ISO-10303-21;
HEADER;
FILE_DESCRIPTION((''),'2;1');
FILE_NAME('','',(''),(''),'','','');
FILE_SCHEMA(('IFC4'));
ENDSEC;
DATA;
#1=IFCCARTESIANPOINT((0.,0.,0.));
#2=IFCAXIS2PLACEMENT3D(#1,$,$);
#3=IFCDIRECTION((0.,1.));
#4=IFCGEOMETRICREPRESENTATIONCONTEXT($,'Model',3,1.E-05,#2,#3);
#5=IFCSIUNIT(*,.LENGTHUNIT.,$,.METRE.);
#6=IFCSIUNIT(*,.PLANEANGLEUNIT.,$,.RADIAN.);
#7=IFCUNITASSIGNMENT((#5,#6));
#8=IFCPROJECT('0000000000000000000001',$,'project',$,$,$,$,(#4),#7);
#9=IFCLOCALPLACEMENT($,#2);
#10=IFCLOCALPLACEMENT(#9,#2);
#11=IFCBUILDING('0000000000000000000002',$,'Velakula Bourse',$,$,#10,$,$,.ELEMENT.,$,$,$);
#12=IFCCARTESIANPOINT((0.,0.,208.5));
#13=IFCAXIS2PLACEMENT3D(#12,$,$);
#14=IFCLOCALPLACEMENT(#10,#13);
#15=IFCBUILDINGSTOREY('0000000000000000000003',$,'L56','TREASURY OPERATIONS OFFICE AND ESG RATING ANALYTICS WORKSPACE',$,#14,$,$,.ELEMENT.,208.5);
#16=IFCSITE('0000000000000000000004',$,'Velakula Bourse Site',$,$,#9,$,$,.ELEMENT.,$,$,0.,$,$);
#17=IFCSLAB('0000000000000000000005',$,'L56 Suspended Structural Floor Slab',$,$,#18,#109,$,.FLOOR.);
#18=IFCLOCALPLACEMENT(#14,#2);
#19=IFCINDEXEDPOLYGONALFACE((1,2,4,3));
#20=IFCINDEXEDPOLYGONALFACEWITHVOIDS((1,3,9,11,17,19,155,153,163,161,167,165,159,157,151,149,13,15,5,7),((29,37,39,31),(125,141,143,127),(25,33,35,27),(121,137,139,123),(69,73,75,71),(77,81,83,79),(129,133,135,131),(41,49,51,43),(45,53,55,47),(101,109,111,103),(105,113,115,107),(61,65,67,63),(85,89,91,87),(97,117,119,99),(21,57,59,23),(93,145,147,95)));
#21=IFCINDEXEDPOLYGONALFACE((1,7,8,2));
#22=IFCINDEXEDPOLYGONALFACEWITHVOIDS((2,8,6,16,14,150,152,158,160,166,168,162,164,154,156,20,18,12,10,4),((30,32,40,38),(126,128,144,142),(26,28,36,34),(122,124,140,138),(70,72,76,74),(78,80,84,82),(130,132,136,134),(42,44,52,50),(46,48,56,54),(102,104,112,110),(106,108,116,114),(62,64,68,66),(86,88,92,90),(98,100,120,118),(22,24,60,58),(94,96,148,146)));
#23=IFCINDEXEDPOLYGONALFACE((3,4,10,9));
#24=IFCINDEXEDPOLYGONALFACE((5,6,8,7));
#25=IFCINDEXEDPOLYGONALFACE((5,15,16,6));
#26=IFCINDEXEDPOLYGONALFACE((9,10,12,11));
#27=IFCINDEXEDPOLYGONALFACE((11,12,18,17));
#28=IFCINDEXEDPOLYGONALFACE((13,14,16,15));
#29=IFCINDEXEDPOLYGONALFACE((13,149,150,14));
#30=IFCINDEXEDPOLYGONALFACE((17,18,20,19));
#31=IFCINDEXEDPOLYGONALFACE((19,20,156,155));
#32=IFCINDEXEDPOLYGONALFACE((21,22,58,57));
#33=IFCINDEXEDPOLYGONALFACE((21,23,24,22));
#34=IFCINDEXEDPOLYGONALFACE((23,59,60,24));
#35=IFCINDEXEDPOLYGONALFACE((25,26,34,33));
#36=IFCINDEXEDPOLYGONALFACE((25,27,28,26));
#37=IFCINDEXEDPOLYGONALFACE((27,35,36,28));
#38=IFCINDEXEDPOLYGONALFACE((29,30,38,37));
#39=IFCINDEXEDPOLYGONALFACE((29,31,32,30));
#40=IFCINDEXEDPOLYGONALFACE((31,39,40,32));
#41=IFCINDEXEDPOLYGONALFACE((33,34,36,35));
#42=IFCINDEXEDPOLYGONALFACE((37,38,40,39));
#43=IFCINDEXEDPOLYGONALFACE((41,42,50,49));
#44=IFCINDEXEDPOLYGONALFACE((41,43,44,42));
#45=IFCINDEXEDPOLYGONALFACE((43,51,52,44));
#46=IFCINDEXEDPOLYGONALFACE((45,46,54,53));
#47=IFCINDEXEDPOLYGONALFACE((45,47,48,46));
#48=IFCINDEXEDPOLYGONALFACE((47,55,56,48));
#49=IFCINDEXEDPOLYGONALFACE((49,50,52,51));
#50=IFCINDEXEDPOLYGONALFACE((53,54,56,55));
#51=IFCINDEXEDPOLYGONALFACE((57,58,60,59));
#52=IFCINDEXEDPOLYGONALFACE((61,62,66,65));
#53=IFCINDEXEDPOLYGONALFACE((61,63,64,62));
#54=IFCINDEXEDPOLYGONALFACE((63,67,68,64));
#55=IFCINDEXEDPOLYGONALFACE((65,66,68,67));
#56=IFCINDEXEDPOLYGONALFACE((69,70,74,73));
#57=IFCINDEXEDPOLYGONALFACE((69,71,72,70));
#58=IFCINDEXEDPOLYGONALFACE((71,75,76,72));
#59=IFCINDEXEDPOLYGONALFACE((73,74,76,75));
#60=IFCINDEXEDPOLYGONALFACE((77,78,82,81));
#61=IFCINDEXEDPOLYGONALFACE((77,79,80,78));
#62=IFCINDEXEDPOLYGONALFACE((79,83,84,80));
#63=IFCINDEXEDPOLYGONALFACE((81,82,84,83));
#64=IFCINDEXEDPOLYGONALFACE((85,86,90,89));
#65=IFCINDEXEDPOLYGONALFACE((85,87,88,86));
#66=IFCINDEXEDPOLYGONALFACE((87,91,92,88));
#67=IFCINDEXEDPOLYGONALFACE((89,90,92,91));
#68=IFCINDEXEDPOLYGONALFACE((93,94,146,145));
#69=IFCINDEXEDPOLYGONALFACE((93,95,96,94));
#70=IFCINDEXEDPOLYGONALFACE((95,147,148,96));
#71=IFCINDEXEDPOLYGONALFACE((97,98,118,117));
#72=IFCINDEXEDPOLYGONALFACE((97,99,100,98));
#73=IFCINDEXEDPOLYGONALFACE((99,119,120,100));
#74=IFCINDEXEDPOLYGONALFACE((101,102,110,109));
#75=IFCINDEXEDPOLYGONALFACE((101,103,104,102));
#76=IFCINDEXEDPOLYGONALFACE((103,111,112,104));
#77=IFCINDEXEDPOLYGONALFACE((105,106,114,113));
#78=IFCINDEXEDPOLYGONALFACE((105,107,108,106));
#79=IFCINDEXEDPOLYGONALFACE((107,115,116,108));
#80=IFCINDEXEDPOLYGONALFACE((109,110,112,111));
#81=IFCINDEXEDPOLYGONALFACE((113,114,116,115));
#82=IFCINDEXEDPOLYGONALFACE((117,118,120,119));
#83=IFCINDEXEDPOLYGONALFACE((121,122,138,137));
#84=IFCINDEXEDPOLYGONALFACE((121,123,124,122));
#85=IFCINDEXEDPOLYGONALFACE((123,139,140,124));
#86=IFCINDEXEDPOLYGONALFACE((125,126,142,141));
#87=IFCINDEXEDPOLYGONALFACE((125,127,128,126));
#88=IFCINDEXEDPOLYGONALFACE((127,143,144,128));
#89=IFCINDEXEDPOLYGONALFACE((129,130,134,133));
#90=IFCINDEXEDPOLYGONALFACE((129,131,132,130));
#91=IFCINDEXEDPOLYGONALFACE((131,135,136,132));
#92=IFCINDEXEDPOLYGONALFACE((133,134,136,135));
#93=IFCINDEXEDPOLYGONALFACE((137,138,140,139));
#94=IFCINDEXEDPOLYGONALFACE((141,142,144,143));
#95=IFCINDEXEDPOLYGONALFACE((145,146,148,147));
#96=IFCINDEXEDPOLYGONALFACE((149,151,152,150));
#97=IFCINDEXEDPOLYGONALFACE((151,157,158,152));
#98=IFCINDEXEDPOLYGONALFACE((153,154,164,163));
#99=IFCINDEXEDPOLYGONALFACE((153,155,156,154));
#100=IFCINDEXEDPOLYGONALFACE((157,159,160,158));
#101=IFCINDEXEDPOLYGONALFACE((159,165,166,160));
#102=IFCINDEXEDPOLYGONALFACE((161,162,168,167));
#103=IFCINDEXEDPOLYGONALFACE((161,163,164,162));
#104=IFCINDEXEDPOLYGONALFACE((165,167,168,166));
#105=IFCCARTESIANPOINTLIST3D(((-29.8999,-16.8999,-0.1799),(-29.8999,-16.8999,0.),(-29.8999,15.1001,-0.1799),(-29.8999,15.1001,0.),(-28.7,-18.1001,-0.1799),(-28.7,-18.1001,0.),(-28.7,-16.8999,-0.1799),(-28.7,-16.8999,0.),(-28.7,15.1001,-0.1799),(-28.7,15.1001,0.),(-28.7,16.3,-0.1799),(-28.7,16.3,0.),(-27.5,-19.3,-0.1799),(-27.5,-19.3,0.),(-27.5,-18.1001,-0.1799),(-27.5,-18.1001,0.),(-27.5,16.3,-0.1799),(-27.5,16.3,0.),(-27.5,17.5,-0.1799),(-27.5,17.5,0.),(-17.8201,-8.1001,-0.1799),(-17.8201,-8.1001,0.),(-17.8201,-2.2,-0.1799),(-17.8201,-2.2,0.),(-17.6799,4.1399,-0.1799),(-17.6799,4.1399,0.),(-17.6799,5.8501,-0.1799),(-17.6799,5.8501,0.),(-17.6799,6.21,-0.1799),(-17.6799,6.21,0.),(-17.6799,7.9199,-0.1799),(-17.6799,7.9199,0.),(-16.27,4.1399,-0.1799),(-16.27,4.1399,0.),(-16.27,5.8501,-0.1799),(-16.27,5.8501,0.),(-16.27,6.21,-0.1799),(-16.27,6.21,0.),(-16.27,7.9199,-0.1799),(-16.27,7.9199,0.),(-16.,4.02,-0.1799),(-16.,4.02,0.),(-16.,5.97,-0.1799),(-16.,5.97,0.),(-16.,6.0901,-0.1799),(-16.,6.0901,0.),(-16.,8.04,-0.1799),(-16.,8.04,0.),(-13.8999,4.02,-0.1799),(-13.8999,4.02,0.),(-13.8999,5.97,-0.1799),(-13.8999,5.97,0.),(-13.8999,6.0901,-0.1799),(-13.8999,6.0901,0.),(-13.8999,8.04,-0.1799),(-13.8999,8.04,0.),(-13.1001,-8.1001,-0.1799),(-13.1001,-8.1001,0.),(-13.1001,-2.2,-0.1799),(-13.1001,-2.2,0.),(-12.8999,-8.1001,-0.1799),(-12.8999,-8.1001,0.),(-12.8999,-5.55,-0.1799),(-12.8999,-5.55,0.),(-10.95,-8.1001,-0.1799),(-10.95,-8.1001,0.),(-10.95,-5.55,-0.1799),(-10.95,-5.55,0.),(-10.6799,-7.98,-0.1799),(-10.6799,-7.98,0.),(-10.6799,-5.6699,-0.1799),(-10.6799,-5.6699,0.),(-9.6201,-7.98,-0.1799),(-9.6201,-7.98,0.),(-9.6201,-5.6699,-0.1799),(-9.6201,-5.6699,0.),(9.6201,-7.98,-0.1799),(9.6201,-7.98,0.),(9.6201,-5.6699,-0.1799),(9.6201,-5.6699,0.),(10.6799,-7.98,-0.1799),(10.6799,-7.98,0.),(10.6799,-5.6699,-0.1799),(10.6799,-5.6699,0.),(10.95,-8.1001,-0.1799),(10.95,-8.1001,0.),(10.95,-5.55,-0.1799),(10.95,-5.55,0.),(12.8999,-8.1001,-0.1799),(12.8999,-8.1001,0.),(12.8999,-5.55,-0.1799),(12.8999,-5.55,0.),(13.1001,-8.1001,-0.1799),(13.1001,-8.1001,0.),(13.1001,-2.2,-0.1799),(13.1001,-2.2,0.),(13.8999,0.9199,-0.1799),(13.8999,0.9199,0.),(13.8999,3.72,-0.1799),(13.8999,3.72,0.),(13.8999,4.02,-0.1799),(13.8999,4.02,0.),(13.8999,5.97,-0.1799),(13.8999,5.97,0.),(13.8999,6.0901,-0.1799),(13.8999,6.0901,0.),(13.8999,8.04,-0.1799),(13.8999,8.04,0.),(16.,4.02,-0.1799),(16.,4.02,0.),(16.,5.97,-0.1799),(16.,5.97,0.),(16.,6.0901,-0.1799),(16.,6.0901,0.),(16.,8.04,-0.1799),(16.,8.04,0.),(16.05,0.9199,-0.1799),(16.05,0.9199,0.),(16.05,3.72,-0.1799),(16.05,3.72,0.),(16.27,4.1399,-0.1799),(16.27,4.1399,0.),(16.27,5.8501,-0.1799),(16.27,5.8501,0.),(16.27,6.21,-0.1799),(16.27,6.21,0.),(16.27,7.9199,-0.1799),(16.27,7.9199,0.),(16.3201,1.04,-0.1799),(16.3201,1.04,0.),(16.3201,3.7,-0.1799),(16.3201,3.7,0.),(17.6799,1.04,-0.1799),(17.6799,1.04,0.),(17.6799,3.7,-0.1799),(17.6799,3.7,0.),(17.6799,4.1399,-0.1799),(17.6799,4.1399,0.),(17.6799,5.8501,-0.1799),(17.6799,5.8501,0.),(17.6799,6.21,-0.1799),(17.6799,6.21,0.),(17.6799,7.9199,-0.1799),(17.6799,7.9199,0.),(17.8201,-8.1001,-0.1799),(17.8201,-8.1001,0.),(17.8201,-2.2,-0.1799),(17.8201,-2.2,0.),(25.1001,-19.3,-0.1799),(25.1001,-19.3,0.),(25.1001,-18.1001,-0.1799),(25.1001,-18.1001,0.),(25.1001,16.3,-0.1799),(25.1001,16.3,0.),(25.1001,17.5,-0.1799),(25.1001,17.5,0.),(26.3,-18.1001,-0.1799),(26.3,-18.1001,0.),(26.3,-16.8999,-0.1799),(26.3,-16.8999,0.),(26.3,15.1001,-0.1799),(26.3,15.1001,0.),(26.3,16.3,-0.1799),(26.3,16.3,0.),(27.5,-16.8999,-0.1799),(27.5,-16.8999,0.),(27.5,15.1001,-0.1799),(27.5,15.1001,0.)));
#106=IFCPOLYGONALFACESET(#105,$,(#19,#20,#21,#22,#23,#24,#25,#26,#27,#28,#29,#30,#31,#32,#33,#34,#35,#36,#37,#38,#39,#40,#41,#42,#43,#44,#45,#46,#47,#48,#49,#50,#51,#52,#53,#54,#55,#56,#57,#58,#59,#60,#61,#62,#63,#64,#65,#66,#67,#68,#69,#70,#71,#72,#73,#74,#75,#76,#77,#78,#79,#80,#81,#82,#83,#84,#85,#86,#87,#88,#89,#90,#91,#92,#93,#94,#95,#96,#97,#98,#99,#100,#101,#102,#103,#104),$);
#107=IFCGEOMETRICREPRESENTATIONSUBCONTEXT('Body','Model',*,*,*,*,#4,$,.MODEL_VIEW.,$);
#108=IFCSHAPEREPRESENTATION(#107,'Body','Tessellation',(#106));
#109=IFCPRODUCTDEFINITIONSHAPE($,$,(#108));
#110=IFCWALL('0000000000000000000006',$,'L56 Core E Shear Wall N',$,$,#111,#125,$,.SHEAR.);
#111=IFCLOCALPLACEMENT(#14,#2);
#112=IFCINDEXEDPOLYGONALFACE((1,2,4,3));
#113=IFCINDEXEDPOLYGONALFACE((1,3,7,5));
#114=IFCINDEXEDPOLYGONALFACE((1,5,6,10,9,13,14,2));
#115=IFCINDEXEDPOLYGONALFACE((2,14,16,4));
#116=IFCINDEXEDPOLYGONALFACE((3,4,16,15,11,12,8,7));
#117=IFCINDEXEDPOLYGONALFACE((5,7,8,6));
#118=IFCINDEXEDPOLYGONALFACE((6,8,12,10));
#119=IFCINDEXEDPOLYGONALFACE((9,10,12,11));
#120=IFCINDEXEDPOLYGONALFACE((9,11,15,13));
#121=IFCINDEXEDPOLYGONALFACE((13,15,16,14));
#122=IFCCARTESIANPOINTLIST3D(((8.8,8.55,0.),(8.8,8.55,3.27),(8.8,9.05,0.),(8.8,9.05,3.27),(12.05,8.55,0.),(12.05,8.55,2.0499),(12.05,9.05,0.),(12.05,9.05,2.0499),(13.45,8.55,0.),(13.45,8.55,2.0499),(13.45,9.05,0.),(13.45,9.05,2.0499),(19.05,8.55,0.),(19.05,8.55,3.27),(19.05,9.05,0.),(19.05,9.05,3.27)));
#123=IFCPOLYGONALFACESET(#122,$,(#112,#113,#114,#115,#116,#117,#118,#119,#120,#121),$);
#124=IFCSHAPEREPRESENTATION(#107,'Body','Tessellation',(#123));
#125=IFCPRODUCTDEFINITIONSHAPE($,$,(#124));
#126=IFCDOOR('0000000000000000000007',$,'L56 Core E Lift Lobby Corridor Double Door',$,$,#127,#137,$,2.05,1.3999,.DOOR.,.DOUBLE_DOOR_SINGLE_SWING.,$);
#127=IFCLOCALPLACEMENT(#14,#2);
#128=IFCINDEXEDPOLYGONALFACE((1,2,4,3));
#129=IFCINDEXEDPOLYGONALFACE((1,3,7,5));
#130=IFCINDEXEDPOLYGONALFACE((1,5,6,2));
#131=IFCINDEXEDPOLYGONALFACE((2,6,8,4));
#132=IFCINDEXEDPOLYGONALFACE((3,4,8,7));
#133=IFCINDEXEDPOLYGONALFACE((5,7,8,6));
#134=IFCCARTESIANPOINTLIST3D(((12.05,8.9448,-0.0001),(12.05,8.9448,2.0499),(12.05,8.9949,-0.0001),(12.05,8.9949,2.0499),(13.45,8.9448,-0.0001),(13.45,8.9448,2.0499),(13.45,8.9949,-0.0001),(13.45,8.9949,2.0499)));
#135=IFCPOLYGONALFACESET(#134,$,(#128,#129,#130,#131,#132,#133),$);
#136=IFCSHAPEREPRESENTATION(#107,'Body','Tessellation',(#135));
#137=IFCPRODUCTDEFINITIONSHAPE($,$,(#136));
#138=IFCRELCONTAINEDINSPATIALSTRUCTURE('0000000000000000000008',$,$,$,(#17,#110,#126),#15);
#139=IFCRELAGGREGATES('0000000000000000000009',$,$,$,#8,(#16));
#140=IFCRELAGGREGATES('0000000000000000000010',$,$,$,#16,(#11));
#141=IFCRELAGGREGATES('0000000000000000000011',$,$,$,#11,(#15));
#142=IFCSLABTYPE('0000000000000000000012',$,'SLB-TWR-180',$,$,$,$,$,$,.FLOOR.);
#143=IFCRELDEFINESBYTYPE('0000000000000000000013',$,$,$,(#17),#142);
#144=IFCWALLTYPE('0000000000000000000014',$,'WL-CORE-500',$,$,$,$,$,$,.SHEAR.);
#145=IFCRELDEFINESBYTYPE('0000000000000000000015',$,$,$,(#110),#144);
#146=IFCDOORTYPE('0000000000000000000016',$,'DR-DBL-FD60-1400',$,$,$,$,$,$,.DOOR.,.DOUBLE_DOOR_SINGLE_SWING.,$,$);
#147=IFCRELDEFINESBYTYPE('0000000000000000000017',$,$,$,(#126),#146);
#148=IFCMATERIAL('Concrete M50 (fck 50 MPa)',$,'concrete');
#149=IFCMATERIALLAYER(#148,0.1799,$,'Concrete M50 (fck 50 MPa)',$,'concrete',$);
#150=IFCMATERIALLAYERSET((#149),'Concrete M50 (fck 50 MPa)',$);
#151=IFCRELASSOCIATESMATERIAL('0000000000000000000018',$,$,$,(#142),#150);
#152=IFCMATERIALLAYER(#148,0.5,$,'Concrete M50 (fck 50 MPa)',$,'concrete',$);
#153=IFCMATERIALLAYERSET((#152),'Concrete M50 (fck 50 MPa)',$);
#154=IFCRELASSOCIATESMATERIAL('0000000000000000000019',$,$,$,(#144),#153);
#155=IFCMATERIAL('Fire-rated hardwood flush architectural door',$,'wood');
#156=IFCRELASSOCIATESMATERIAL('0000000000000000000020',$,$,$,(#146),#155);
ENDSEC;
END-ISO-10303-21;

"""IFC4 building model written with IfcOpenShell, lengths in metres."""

from ifc_helpers import new_model, si_unit, direction, frame, frame_2d, origin, place, context, subcontext, project, spatial, polyline, rectangle, outline, extrude, material, layer, layer_set, type_object, element, fill, save


model = new_model("IFC4")

# Units and contexts
model_context = context("Model", 3, precision=1e-05, world=origin(), true_north=direction((0.0, 1.0)))
body_context = subcontext(model_context, "Body", "Model", "MODEL_VIEW")
ifc_project = project(units=[si_unit("LENGTHUNIT", "METRE"), si_unit("PLANEANGLEUNIT", "RADIAN")], contexts=[model_context])

# Site, building, storey
site_placement = place(None, origin())
site = spatial("IfcSite", under=ifc_project, at=site_placement, Name="Velakula Bourse Site", CompositionType="ELEMENT", RefElevation=0.0)
building_placement = place(site_placement, origin())
building = spatial("IfcBuilding", under=site, at=building_placement, Name="Velakula Bourse", CompositionType="ELEMENT")
storey_placement = place(building_placement, frame((0.0, 0.0, 208.5)))
storey = spatial("IfcBuildingStorey", under=building, at=storey_placement, Name="L56", Description="TREASURY OPERATIONS OFFICE AND ESG RATING ANALYTICS WORKSPACE", CompositionType="ELEMENT", Elevation=208.5)

# Shared definitions
ifc_material_1 = material(Name="Concrete M50 (fck 50 MPa)", Category="concrete")

# Slab
ifc_layer_1 = layer(ifc_material_1, 0.1799, Name="Concrete M50 (fck 50 MPa)", Category="concrete")
ifc_layer_set_1 = layer_set([ifc_layer_1], Name="Concrete M50 (fck 50 MPa)")
slab_type_1 = type_object("IfcSlabType", Name="SLB-TWR-180", PredefinedType="FLOOR", material=ifc_layer_set_1)
slab_1_placement = place(storey_placement, frame((0.0, 0.0, -0.1799)))
element("IfcSlab", 1, at=slab_1_placement, inside=storey, type_object=slab_type_1, Name="L56 Suspended Structural Floor Slab", PredefinedType="FLOOR", context=body_context, shape_type="SweptSolid", body=[
    extrude(outline(polyline([(-27.5, -19.3), (25.1001, -19.3), (25.1001, -18.1001), (26.3, -18.1001), (26.3, -16.8999), (27.5, -16.8999), (27.5, 15.1001), (26.3, 15.1001), (26.3, 16.3), (25.1001, 16.3), (25.1001, 17.5), (-27.5, 17.5), (-27.5, 16.3), (-28.7, 16.3), (-28.7, 15.1001), (-29.8999, 15.1001), (-29.8999, -16.8999), (-28.7, -16.8999), (-28.7, -18.1001), (-27.5, -18.1001), (-27.5, -19.3)]), holes=[polyline([(-17.8201, -8.1001), (-13.1001, -8.1001), (-13.1001, -2.2), (-17.8201, -2.2), (-17.8201, -8.1001)]), polyline([(13.1001, -8.1001), (17.8201, -8.1001), (17.8201, -2.2), (13.1001, -2.2), (13.1001, -8.1001)]), polyline([(-12.8999, -8.1001), (-10.95, -8.1001), (-10.95, -5.55), (-12.8999, -5.55), (-12.8999, -8.1001)]), polyline([(10.95, -8.1001), (12.8999, -8.1001), (12.8999, -5.55), (10.95, -5.55), (10.95, -8.1001)]), polyline([(13.8999, 0.9199), (16.05, 0.9199), (16.05, 3.72), (13.8999, 3.72), (13.8999, 0.9199)]), polyline([(-10.6799, -7.98), (-9.6201, -7.98), (-9.6201, -5.6699), (-10.6799, -5.6699), (-10.6799, -7.98)]), polyline([(-17.6799, 4.1399), (-16.27, 4.1399), (-16.27, 5.8501), (-17.6799, 5.8501), (-17.6799, 4.1399)]), polyline([(-17.6799, 6.21), (-16.27, 6.21), (-16.27, 7.9199), (-17.6799, 7.9199), (-17.6799, 6.21)]), polyline([(9.6201, -7.98), (10.6799, -7.98), (10.6799, -5.6699), (9.6201, -5.6699), (9.6201, -7.98)]), polyline([(16.27, 4.1399), (17.6799, 4.1399), (17.6799, 5.8501), (16.27, 5.8501), (16.27, 4.1399)]), polyline([(16.27, 6.21), (17.6799, 6.21), (17.6799, 7.9199), (16.27, 7.9199), (16.27, 6.21)]), polyline([(16.3201, 1.04), (17.6799, 1.04), (17.6799, 3.7), (16.3201, 3.7), (16.3201, 1.04)]), polyline([(-16.0, 4.02), (-13.8999, 4.02), (-13.8999, 5.97), (-16.0, 5.97), (-16.0, 4.02)]), polyline([(-16.0, 6.0901), (-13.8999, 6.0901), (-13.8999, 8.04), (-16.0, 8.04), (-16.0, 6.0901)]), polyline([(13.8999, 4.02), (16.0, 4.02), (16.0, 5.97), (13.8999, 5.97), (13.8999, 4.02)]), polyline([(13.8999, 6.0901), (16.0, 6.0901), (16.0, 8.04), (13.8999, 8.04), (13.8999, 6.0901)])]), origin(), (0.0, 0.0, 1.0), 0.1799),
])

# Wall, opening, door
ifc_layer_2 = layer(ifc_material_1, 0.5, Name="Concrete M50 (fck 50 MPa)", Category="concrete")
ifc_layer_set_2 = layer_set([ifc_layer_2], Name="Concrete M50 (fck 50 MPa)")
wall_type_1 = type_object("IfcWallType", Name="WL-CORE-500", PredefinedType="SHEAR", material=ifc_layer_set_2)
wall_1_placement = place(storey_placement, frame((8.8, 8.8, 0.0), z_axis=(0.0, 0.0, 1.0), x_axis=(1.0, 0.0, 0.0)))
wall_1 = element("IfcWall", 2, at=wall_1_placement, inside=storey, type_object=wall_type_1, Name="L56 Core E Shear Wall N", PredefinedType="SHEAR", context=body_context, shape_type="SweptSolid", body=[
    extrude(rectangle(XDim=10.25, YDim=0.5, at=frame_2d((5.125, 0.0))), origin(), (0.0, 0.0, 1.0), 3.27),
])
opening_1_placement = place(wall_1_placement, frame((3.25, 0.0, 0.0)))
opening_1 = element("IfcOpeningElement", 3, at=opening_1_placement, cuts=wall_1, PredefinedType="OPENING", context=body_context, shape_type="SweptSolid", body=[
    extrude(rectangle(XDim=1.3999, YDim=2.05, at=frame_2d((0.7, 1.0249))), frame((0.0, 0.26, 0.0), z_axis=(0.0, -1.0, 0.0), x_axis=(1.0, 0.0, 0.0)), (0.0, 0.0, 1.0), 0.52),
])
ifc_material_2 = material(Name="Fire-rated hardwood flush architectural door", Category="wood")
door_type = type_object("IfcDoorType", Name="DR-DBL-FD60-1400", OperationType="DOUBLE_DOOR_SINGLE_SWING", PredefinedType="DOOR", material=ifc_material_2)
door_placement = place(opening_1_placement, origin())
door = element("IfcDoor", 4, at=door_placement, inside=storey, type_object=door_type, Name="L56 Core E Lift Lobby Corridor Double Door", OperationType="DOUBLE_DOOR_SINGLE_SWING", OverallHeight=2.05, OverallWidth=1.3999, PredefinedType="DOOR", context=body_context, shape_type="SweptSolid", body=[
    extrude(rectangle(XDim=1.3999, YDim=2.05, at=frame_2d((0.7, 1.0249))), frame((0.0, 0.1948, 0.0), z_axis=(0.0, -1.0, 0.0), x_axis=(1.0, 0.0, 0.0)), (0.0, 0.0, 1.0), 0.05),
])
fill(opening_1, door)

save(model, "model.ifc")
